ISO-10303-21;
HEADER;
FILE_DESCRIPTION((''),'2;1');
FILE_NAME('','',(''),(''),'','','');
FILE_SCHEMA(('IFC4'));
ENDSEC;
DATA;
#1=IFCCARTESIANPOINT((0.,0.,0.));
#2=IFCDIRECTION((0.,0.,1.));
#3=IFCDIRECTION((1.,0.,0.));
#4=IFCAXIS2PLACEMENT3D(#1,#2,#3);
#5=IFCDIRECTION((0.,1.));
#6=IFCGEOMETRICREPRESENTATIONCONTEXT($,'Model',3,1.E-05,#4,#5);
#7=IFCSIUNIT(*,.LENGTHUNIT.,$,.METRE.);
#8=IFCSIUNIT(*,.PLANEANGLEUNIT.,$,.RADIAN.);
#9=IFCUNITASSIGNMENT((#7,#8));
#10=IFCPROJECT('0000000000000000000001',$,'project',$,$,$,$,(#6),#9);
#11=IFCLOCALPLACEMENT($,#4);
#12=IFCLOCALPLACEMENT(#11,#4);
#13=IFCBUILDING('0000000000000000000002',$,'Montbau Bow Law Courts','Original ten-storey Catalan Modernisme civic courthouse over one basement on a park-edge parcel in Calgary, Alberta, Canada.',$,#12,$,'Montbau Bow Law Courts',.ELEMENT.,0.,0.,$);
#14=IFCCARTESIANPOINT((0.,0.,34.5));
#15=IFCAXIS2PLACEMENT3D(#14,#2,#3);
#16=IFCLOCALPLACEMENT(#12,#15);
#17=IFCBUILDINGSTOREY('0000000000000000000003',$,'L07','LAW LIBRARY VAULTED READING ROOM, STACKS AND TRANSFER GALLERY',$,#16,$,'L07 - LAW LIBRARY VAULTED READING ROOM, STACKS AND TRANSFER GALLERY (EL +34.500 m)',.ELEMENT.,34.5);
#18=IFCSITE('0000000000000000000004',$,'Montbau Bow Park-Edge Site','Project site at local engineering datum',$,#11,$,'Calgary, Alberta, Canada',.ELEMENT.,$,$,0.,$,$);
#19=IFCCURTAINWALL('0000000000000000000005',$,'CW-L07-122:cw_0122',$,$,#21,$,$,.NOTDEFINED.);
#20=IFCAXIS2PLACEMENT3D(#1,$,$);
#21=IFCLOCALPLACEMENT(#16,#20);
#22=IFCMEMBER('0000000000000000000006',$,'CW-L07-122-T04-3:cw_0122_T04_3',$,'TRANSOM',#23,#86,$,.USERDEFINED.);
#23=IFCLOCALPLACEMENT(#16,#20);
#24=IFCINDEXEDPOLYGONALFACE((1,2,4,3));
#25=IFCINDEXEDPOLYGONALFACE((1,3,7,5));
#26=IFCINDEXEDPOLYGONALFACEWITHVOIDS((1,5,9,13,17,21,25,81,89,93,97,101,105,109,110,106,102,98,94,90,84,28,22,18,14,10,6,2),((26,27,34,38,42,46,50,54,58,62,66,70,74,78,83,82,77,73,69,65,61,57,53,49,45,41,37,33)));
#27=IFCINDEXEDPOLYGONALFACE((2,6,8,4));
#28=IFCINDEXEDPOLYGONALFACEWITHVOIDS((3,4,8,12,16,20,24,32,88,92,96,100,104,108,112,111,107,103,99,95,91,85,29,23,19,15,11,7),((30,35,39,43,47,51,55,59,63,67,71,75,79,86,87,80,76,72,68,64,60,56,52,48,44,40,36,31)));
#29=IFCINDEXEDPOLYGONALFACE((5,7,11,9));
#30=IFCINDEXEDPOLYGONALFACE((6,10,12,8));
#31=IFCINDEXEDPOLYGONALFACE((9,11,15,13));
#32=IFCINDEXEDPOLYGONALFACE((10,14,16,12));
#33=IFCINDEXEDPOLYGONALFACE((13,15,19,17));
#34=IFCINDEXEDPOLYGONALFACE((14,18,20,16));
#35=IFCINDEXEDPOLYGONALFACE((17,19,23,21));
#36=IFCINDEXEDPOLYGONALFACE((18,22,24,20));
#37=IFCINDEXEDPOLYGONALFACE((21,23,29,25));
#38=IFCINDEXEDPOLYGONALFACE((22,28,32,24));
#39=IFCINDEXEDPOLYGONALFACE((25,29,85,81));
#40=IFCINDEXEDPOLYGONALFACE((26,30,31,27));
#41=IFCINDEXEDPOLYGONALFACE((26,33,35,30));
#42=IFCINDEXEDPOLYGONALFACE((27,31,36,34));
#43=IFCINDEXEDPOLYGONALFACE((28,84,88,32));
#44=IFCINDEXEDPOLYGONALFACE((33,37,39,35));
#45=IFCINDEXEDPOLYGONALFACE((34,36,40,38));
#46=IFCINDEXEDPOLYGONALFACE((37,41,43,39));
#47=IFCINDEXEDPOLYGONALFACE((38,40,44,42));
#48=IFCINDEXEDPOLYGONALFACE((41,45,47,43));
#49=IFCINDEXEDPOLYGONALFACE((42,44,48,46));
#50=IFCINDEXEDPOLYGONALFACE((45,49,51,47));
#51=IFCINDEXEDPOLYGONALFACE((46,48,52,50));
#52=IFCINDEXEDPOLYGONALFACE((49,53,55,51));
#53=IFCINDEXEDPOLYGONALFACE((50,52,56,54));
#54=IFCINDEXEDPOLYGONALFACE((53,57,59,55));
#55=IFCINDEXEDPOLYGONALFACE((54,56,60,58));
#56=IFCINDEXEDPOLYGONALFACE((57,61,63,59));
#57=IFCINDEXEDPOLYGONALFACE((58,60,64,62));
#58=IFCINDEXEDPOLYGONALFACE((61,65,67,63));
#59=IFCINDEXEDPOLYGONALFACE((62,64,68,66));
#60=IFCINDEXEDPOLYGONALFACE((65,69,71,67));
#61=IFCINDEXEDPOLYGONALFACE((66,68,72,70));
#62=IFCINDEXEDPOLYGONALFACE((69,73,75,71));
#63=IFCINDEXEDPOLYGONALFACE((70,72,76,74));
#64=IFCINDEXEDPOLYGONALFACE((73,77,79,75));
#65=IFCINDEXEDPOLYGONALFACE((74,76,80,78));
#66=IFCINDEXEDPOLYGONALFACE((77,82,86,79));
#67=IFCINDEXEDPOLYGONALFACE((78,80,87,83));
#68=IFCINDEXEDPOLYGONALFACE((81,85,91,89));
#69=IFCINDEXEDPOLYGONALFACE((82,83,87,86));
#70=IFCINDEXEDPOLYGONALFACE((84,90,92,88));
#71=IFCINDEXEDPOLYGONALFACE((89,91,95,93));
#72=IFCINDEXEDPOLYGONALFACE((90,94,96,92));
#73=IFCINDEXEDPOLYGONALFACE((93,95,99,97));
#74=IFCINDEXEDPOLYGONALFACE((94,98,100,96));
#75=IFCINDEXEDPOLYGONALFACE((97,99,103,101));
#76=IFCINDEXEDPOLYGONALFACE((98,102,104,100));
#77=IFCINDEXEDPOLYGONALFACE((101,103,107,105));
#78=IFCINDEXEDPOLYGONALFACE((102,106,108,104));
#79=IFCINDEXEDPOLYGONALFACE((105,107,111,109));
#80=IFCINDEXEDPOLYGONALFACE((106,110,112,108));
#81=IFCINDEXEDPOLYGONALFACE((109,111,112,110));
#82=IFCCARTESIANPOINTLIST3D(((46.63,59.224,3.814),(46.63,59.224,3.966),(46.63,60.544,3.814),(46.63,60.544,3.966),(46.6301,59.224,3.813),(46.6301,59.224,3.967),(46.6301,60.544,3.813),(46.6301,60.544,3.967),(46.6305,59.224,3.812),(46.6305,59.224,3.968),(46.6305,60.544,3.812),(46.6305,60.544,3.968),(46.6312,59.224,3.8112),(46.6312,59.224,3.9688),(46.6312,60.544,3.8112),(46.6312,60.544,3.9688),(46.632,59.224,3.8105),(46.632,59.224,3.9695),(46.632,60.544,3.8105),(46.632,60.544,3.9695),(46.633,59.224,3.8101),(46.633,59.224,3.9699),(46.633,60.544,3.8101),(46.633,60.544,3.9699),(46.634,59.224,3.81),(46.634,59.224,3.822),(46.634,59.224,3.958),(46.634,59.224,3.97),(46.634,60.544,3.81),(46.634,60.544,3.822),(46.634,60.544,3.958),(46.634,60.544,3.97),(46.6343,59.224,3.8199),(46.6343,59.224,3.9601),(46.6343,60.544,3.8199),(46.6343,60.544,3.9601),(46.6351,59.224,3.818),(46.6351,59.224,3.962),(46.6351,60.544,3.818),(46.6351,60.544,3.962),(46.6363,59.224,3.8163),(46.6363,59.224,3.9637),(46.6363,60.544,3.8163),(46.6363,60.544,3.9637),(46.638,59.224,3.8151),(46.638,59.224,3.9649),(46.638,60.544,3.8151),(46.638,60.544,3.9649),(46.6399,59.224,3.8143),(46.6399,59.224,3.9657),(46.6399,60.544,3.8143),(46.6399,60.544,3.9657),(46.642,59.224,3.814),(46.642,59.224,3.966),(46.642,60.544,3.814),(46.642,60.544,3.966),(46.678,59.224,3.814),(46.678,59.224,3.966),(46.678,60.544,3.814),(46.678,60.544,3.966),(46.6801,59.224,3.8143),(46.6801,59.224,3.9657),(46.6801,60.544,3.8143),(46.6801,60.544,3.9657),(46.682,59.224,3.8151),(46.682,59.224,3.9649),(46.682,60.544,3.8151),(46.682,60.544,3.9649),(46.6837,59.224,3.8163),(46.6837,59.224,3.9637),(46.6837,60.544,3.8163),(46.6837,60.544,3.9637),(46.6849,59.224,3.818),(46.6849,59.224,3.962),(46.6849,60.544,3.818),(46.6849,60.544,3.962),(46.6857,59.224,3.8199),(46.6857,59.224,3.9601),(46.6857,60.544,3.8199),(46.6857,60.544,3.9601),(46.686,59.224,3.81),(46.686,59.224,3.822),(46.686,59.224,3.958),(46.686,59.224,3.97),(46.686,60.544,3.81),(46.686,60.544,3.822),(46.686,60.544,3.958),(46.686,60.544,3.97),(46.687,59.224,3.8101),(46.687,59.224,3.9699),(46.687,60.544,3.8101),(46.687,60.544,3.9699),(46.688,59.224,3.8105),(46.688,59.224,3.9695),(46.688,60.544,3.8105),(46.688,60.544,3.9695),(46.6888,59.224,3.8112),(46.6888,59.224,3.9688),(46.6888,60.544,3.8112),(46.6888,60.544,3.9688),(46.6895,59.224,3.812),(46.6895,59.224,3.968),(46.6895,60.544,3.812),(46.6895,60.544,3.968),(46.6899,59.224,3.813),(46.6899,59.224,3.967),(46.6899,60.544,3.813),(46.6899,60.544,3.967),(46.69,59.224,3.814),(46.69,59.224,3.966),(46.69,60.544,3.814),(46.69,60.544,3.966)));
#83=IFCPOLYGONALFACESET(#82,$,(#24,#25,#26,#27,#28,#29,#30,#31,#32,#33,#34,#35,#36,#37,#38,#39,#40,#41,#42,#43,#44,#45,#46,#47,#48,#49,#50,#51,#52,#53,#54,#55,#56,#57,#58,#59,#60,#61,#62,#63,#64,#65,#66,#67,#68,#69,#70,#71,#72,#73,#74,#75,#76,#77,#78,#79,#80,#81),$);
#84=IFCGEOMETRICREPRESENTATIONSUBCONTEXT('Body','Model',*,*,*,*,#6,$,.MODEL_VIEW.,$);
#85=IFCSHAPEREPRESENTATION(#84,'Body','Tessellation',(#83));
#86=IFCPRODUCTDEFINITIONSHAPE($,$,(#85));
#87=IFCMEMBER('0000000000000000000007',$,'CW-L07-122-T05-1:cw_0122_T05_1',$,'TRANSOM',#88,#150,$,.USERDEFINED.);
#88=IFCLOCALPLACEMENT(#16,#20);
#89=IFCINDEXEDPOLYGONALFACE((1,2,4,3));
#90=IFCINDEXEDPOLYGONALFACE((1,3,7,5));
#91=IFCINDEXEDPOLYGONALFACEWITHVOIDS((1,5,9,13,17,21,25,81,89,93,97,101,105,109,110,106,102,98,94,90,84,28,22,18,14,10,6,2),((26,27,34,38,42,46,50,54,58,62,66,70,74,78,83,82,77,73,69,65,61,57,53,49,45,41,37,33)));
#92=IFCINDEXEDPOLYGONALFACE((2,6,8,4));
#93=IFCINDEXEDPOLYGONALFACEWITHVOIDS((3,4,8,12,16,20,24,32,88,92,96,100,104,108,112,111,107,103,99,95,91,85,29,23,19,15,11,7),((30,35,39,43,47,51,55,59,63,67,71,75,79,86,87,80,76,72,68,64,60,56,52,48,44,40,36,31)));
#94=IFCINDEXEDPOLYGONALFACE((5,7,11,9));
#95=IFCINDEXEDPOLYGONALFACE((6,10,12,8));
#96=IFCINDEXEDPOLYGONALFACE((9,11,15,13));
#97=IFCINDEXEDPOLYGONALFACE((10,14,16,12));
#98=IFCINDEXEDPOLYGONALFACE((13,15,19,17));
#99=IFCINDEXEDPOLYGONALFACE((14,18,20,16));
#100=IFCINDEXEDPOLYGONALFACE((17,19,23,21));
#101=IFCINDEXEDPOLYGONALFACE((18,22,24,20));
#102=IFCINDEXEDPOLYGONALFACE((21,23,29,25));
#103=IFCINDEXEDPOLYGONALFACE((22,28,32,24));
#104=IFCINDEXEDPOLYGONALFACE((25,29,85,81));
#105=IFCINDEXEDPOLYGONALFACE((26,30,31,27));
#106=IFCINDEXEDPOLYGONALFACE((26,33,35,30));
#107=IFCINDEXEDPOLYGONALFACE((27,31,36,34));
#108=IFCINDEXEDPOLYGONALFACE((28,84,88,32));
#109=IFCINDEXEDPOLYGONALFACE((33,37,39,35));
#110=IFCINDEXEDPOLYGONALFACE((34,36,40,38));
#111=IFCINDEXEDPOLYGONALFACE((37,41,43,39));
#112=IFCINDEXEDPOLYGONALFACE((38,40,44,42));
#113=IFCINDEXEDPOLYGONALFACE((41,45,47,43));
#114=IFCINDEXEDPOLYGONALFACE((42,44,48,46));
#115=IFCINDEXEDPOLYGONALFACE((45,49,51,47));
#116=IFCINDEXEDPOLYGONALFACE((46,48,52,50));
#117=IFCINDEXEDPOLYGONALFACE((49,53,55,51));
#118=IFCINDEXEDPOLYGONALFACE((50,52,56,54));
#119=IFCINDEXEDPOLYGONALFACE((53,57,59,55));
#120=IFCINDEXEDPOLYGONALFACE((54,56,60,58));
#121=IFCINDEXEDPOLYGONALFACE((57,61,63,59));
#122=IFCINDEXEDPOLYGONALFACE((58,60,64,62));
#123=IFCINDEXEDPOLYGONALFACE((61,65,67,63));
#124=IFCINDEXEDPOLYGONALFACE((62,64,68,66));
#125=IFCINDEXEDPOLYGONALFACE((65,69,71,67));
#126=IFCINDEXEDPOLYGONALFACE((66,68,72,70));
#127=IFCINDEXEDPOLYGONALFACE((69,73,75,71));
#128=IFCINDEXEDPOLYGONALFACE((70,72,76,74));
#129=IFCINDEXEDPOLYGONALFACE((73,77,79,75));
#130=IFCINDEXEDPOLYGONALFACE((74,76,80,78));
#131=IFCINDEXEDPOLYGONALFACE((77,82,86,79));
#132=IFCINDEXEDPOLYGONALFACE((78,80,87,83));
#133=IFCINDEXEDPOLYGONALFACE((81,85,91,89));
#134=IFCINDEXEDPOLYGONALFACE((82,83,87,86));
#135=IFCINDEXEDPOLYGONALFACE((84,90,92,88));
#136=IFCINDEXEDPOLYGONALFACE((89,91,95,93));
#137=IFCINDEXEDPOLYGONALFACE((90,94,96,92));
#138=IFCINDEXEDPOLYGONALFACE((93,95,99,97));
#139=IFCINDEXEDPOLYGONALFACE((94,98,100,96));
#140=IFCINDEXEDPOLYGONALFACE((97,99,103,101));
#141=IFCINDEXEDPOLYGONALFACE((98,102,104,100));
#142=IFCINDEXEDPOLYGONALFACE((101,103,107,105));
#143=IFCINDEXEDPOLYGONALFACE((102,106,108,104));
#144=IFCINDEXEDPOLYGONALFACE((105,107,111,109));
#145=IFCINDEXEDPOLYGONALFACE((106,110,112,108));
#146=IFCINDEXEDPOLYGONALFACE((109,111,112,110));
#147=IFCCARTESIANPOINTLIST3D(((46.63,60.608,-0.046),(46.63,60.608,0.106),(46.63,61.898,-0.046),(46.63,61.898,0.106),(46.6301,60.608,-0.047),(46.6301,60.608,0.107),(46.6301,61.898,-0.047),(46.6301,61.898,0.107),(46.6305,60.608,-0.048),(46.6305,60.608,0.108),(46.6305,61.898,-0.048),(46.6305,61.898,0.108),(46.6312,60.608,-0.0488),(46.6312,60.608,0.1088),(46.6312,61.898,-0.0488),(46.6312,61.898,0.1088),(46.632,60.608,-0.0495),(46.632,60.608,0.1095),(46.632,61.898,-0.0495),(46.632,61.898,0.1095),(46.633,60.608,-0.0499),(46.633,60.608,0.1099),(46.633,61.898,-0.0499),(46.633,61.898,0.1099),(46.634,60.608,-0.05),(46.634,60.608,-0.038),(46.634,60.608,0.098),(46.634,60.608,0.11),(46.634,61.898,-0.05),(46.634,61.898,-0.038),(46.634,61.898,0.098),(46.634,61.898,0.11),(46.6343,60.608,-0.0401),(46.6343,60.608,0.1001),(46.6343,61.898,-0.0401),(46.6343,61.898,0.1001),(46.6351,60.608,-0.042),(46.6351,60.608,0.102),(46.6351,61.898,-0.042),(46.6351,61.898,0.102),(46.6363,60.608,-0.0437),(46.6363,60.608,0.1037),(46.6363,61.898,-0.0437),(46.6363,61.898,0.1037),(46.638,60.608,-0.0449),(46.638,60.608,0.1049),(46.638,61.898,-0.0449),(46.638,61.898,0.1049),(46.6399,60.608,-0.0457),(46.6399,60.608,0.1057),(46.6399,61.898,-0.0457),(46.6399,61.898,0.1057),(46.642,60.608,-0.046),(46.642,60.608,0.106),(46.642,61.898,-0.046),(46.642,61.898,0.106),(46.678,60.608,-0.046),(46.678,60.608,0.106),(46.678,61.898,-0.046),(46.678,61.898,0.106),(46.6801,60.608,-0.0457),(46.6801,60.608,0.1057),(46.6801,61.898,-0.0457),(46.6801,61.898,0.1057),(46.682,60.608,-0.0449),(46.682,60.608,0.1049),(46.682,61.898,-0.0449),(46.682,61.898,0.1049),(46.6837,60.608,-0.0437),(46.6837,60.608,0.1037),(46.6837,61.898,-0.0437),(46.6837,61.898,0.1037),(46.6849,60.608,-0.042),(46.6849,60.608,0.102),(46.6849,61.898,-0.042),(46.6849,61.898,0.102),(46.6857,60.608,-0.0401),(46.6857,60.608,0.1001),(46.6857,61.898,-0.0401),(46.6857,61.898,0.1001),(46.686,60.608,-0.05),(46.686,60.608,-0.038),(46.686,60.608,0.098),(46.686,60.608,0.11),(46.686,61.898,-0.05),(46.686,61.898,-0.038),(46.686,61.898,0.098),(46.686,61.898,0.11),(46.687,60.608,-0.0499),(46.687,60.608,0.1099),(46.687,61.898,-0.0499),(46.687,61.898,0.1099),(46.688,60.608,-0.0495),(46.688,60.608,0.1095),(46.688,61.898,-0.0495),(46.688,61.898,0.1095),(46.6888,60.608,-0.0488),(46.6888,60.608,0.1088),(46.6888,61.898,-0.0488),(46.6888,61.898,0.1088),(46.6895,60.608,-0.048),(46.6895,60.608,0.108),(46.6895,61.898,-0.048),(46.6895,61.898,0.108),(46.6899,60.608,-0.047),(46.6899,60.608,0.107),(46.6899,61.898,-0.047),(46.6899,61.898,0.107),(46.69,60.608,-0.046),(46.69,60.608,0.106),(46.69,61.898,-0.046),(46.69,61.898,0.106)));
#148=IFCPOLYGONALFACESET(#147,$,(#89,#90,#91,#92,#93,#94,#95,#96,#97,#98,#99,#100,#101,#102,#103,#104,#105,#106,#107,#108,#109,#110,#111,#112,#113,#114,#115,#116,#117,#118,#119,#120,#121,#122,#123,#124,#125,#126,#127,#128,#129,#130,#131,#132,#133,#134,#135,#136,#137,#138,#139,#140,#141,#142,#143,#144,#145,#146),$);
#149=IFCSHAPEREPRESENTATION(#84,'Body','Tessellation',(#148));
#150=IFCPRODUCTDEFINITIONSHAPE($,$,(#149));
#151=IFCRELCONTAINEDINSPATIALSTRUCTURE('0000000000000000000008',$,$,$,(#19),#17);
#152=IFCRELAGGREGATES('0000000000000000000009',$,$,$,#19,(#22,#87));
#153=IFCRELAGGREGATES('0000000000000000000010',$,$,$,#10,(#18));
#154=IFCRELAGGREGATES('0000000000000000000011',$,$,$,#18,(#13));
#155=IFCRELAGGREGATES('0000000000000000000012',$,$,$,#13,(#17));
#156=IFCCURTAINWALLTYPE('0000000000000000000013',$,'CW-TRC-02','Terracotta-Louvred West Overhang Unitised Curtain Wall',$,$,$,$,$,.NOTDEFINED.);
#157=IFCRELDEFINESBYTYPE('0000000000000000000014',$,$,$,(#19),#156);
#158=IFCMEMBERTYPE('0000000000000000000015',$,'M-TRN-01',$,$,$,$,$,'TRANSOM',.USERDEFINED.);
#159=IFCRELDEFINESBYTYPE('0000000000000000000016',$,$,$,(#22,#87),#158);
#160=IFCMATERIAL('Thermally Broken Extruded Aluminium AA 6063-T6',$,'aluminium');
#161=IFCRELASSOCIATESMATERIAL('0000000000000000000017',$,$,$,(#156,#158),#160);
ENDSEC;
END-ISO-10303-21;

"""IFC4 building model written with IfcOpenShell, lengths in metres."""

from ifc_helpers import new_model, si_unit, direction, frame, origin_with_axes, origin_2d_with_axis, place, context, subcontext, project, spatial, hollow_rectangle, extrude, material, material_profile, profile_set, type_object, element, aggregate, save


model = new_model("IFC4")

# Units and contexts
model_context = context("Model", 3, precision=1e-05, world=origin_with_axes(), true_north=direction((0.0, 1.0)))
body_context = subcontext(model_context, "Body", "Model", "MODEL_VIEW")
ifc_project = project(units=[si_unit("LENGTHUNIT", "METRE"), si_unit("PLANEANGLEUNIT", "RADIAN")], contexts=[model_context])

# Site, building, storey
site_placement = place(None, origin_with_axes())
site = spatial("IfcSite", under=ifc_project, at=site_placement, Name="Montbau Bow Park-Edge Site", Description="Project site at local engineering datum", LongName="Calgary, Alberta, Canada", CompositionType="ELEMENT", RefElevation=0.0)
building_placement = place(site_placement, origin_with_axes())
building = spatial("IfcBuilding", under=site, at=building_placement, Name="Montbau Bow Law Courts", Description="Original ten-storey Catalan Modernisme civic courthouse over one basement on a park-edge parcel in Calgary, Alberta, Canada.", LongName="Montbau Bow Law Courts", CompositionType="ELEMENT", ElevationOfRefHeight=0.0, ElevationOfTerrain=0.0)
storey_placement = place(building_placement, frame((0.0, 0.0, 34.5), z_axis=(0.0, 0.0, 1.0), x_axis=(1.0, 0.0, 0.0)))
storey = spatial("IfcBuildingStorey", under=building, at=storey_placement, Name="L07", Description="LAW LIBRARY VAULTED READING ROOM, STACKS AND TRANSFER GALLERY", LongName="L07 - LAW LIBRARY VAULTED READING ROOM, STACKS AND TRANSFER GALLERY (EL +34.500 m)", CompositionType="ELEMENT", Elevation=34.5)

# Curtain wall, members
ifc_material_1 = material(Name="Thermally Broken Extruded Aluminium AA 6063-T6", Category="aluminium")
curtain_wall_type = type_object("IfcCurtainWallType", Name="CW-TRC-02", Description="Terracotta-Louvred West Overhang Unitised Curtain Wall", PredefinedType="NOTDEFINED", material=ifc_material_1)
curtain_wall_placement = place(None, frame((46.66, 55.04, 34.5), z_axis=(0.0, 0.0, 1.0), x_axis=(1.0, 0.0, 0.0)))
curtain_wall = element("IfcCurtainWall", 1, at=curtain_wall_placement, inside=storey, type_object=curtain_wall_type, Name="CW-L07-122:cw_0122", PredefinedType="NOTDEFINED")
ifc_material_profile_1 = material_profile(ifc_material_1, hollow_rectangle(XDim=0.06, YDim=0.16, WallThickness=0.004, InnerFilletRadius=0.008, OuterFilletRadius=0.004, at=origin_2d_with_axis()), Name="CWT-160X60", Category="Main", Priority=0)
ifc_profile_set_1 = profile_set([ifc_material_profile_1], Name="Thermally Broken Extruded Aluminium AA 6063-T6")
member_type_1 = type_object("IfcMemberType", Name="M-TRN-01", ElementType="TRANSOM", PredefinedType="USERDEFINED", material=ifc_profile_set_1)
member_1_placement = place(None, frame((46.66, 59.224, 38.39), z_axis=(0.0, 1.0, 0.0), x_axis=(-1.0, 0.0, 0.0)))
member_1 = element("IfcMember", 2, at=member_1_placement, type_object=member_type_1, Name="CW-L07-122-T04-3:cw_0122_T04_3", ObjectType="TRANSOM", PredefinedType="USERDEFINED", context=body_context, shape_type="SweptSolid", body=[
    extrude(hollow_rectangle(XDim=0.06, YDim=0.16, WallThickness=0.004, InnerFilletRadius=0.008, OuterFilletRadius=0.004, at=origin_2d_with_axis()), origin_with_axes(), (0.0, 0.0, 1.0), 1.32),
])
member_2_placement = place(None, frame((46.66, 60.608, 34.53), z_axis=(0.0, 1.0, 0.0), x_axis=(-1.0, 0.0, 0.0)))
member_2 = element("IfcMember", 3, at=member_2_placement, type_object=member_type_1, Name="CW-L07-122-T05-1:cw_0122_T05_1", ObjectType="TRANSOM", PredefinedType="USERDEFINED", context=body_context, shape_type="SweptSolid", body=[
    extrude(hollow_rectangle(XDim=0.06, YDim=0.16, WallThickness=0.004, InnerFilletRadius=0.008, OuterFilletRadius=0.004, at=origin_2d_with_axis()), origin_with_axes(), (0.0, 0.0, 1.0), 1.29),
])
aggregate(curtain_wall, [member_1, member_2])

save(model, "model.ifc")
